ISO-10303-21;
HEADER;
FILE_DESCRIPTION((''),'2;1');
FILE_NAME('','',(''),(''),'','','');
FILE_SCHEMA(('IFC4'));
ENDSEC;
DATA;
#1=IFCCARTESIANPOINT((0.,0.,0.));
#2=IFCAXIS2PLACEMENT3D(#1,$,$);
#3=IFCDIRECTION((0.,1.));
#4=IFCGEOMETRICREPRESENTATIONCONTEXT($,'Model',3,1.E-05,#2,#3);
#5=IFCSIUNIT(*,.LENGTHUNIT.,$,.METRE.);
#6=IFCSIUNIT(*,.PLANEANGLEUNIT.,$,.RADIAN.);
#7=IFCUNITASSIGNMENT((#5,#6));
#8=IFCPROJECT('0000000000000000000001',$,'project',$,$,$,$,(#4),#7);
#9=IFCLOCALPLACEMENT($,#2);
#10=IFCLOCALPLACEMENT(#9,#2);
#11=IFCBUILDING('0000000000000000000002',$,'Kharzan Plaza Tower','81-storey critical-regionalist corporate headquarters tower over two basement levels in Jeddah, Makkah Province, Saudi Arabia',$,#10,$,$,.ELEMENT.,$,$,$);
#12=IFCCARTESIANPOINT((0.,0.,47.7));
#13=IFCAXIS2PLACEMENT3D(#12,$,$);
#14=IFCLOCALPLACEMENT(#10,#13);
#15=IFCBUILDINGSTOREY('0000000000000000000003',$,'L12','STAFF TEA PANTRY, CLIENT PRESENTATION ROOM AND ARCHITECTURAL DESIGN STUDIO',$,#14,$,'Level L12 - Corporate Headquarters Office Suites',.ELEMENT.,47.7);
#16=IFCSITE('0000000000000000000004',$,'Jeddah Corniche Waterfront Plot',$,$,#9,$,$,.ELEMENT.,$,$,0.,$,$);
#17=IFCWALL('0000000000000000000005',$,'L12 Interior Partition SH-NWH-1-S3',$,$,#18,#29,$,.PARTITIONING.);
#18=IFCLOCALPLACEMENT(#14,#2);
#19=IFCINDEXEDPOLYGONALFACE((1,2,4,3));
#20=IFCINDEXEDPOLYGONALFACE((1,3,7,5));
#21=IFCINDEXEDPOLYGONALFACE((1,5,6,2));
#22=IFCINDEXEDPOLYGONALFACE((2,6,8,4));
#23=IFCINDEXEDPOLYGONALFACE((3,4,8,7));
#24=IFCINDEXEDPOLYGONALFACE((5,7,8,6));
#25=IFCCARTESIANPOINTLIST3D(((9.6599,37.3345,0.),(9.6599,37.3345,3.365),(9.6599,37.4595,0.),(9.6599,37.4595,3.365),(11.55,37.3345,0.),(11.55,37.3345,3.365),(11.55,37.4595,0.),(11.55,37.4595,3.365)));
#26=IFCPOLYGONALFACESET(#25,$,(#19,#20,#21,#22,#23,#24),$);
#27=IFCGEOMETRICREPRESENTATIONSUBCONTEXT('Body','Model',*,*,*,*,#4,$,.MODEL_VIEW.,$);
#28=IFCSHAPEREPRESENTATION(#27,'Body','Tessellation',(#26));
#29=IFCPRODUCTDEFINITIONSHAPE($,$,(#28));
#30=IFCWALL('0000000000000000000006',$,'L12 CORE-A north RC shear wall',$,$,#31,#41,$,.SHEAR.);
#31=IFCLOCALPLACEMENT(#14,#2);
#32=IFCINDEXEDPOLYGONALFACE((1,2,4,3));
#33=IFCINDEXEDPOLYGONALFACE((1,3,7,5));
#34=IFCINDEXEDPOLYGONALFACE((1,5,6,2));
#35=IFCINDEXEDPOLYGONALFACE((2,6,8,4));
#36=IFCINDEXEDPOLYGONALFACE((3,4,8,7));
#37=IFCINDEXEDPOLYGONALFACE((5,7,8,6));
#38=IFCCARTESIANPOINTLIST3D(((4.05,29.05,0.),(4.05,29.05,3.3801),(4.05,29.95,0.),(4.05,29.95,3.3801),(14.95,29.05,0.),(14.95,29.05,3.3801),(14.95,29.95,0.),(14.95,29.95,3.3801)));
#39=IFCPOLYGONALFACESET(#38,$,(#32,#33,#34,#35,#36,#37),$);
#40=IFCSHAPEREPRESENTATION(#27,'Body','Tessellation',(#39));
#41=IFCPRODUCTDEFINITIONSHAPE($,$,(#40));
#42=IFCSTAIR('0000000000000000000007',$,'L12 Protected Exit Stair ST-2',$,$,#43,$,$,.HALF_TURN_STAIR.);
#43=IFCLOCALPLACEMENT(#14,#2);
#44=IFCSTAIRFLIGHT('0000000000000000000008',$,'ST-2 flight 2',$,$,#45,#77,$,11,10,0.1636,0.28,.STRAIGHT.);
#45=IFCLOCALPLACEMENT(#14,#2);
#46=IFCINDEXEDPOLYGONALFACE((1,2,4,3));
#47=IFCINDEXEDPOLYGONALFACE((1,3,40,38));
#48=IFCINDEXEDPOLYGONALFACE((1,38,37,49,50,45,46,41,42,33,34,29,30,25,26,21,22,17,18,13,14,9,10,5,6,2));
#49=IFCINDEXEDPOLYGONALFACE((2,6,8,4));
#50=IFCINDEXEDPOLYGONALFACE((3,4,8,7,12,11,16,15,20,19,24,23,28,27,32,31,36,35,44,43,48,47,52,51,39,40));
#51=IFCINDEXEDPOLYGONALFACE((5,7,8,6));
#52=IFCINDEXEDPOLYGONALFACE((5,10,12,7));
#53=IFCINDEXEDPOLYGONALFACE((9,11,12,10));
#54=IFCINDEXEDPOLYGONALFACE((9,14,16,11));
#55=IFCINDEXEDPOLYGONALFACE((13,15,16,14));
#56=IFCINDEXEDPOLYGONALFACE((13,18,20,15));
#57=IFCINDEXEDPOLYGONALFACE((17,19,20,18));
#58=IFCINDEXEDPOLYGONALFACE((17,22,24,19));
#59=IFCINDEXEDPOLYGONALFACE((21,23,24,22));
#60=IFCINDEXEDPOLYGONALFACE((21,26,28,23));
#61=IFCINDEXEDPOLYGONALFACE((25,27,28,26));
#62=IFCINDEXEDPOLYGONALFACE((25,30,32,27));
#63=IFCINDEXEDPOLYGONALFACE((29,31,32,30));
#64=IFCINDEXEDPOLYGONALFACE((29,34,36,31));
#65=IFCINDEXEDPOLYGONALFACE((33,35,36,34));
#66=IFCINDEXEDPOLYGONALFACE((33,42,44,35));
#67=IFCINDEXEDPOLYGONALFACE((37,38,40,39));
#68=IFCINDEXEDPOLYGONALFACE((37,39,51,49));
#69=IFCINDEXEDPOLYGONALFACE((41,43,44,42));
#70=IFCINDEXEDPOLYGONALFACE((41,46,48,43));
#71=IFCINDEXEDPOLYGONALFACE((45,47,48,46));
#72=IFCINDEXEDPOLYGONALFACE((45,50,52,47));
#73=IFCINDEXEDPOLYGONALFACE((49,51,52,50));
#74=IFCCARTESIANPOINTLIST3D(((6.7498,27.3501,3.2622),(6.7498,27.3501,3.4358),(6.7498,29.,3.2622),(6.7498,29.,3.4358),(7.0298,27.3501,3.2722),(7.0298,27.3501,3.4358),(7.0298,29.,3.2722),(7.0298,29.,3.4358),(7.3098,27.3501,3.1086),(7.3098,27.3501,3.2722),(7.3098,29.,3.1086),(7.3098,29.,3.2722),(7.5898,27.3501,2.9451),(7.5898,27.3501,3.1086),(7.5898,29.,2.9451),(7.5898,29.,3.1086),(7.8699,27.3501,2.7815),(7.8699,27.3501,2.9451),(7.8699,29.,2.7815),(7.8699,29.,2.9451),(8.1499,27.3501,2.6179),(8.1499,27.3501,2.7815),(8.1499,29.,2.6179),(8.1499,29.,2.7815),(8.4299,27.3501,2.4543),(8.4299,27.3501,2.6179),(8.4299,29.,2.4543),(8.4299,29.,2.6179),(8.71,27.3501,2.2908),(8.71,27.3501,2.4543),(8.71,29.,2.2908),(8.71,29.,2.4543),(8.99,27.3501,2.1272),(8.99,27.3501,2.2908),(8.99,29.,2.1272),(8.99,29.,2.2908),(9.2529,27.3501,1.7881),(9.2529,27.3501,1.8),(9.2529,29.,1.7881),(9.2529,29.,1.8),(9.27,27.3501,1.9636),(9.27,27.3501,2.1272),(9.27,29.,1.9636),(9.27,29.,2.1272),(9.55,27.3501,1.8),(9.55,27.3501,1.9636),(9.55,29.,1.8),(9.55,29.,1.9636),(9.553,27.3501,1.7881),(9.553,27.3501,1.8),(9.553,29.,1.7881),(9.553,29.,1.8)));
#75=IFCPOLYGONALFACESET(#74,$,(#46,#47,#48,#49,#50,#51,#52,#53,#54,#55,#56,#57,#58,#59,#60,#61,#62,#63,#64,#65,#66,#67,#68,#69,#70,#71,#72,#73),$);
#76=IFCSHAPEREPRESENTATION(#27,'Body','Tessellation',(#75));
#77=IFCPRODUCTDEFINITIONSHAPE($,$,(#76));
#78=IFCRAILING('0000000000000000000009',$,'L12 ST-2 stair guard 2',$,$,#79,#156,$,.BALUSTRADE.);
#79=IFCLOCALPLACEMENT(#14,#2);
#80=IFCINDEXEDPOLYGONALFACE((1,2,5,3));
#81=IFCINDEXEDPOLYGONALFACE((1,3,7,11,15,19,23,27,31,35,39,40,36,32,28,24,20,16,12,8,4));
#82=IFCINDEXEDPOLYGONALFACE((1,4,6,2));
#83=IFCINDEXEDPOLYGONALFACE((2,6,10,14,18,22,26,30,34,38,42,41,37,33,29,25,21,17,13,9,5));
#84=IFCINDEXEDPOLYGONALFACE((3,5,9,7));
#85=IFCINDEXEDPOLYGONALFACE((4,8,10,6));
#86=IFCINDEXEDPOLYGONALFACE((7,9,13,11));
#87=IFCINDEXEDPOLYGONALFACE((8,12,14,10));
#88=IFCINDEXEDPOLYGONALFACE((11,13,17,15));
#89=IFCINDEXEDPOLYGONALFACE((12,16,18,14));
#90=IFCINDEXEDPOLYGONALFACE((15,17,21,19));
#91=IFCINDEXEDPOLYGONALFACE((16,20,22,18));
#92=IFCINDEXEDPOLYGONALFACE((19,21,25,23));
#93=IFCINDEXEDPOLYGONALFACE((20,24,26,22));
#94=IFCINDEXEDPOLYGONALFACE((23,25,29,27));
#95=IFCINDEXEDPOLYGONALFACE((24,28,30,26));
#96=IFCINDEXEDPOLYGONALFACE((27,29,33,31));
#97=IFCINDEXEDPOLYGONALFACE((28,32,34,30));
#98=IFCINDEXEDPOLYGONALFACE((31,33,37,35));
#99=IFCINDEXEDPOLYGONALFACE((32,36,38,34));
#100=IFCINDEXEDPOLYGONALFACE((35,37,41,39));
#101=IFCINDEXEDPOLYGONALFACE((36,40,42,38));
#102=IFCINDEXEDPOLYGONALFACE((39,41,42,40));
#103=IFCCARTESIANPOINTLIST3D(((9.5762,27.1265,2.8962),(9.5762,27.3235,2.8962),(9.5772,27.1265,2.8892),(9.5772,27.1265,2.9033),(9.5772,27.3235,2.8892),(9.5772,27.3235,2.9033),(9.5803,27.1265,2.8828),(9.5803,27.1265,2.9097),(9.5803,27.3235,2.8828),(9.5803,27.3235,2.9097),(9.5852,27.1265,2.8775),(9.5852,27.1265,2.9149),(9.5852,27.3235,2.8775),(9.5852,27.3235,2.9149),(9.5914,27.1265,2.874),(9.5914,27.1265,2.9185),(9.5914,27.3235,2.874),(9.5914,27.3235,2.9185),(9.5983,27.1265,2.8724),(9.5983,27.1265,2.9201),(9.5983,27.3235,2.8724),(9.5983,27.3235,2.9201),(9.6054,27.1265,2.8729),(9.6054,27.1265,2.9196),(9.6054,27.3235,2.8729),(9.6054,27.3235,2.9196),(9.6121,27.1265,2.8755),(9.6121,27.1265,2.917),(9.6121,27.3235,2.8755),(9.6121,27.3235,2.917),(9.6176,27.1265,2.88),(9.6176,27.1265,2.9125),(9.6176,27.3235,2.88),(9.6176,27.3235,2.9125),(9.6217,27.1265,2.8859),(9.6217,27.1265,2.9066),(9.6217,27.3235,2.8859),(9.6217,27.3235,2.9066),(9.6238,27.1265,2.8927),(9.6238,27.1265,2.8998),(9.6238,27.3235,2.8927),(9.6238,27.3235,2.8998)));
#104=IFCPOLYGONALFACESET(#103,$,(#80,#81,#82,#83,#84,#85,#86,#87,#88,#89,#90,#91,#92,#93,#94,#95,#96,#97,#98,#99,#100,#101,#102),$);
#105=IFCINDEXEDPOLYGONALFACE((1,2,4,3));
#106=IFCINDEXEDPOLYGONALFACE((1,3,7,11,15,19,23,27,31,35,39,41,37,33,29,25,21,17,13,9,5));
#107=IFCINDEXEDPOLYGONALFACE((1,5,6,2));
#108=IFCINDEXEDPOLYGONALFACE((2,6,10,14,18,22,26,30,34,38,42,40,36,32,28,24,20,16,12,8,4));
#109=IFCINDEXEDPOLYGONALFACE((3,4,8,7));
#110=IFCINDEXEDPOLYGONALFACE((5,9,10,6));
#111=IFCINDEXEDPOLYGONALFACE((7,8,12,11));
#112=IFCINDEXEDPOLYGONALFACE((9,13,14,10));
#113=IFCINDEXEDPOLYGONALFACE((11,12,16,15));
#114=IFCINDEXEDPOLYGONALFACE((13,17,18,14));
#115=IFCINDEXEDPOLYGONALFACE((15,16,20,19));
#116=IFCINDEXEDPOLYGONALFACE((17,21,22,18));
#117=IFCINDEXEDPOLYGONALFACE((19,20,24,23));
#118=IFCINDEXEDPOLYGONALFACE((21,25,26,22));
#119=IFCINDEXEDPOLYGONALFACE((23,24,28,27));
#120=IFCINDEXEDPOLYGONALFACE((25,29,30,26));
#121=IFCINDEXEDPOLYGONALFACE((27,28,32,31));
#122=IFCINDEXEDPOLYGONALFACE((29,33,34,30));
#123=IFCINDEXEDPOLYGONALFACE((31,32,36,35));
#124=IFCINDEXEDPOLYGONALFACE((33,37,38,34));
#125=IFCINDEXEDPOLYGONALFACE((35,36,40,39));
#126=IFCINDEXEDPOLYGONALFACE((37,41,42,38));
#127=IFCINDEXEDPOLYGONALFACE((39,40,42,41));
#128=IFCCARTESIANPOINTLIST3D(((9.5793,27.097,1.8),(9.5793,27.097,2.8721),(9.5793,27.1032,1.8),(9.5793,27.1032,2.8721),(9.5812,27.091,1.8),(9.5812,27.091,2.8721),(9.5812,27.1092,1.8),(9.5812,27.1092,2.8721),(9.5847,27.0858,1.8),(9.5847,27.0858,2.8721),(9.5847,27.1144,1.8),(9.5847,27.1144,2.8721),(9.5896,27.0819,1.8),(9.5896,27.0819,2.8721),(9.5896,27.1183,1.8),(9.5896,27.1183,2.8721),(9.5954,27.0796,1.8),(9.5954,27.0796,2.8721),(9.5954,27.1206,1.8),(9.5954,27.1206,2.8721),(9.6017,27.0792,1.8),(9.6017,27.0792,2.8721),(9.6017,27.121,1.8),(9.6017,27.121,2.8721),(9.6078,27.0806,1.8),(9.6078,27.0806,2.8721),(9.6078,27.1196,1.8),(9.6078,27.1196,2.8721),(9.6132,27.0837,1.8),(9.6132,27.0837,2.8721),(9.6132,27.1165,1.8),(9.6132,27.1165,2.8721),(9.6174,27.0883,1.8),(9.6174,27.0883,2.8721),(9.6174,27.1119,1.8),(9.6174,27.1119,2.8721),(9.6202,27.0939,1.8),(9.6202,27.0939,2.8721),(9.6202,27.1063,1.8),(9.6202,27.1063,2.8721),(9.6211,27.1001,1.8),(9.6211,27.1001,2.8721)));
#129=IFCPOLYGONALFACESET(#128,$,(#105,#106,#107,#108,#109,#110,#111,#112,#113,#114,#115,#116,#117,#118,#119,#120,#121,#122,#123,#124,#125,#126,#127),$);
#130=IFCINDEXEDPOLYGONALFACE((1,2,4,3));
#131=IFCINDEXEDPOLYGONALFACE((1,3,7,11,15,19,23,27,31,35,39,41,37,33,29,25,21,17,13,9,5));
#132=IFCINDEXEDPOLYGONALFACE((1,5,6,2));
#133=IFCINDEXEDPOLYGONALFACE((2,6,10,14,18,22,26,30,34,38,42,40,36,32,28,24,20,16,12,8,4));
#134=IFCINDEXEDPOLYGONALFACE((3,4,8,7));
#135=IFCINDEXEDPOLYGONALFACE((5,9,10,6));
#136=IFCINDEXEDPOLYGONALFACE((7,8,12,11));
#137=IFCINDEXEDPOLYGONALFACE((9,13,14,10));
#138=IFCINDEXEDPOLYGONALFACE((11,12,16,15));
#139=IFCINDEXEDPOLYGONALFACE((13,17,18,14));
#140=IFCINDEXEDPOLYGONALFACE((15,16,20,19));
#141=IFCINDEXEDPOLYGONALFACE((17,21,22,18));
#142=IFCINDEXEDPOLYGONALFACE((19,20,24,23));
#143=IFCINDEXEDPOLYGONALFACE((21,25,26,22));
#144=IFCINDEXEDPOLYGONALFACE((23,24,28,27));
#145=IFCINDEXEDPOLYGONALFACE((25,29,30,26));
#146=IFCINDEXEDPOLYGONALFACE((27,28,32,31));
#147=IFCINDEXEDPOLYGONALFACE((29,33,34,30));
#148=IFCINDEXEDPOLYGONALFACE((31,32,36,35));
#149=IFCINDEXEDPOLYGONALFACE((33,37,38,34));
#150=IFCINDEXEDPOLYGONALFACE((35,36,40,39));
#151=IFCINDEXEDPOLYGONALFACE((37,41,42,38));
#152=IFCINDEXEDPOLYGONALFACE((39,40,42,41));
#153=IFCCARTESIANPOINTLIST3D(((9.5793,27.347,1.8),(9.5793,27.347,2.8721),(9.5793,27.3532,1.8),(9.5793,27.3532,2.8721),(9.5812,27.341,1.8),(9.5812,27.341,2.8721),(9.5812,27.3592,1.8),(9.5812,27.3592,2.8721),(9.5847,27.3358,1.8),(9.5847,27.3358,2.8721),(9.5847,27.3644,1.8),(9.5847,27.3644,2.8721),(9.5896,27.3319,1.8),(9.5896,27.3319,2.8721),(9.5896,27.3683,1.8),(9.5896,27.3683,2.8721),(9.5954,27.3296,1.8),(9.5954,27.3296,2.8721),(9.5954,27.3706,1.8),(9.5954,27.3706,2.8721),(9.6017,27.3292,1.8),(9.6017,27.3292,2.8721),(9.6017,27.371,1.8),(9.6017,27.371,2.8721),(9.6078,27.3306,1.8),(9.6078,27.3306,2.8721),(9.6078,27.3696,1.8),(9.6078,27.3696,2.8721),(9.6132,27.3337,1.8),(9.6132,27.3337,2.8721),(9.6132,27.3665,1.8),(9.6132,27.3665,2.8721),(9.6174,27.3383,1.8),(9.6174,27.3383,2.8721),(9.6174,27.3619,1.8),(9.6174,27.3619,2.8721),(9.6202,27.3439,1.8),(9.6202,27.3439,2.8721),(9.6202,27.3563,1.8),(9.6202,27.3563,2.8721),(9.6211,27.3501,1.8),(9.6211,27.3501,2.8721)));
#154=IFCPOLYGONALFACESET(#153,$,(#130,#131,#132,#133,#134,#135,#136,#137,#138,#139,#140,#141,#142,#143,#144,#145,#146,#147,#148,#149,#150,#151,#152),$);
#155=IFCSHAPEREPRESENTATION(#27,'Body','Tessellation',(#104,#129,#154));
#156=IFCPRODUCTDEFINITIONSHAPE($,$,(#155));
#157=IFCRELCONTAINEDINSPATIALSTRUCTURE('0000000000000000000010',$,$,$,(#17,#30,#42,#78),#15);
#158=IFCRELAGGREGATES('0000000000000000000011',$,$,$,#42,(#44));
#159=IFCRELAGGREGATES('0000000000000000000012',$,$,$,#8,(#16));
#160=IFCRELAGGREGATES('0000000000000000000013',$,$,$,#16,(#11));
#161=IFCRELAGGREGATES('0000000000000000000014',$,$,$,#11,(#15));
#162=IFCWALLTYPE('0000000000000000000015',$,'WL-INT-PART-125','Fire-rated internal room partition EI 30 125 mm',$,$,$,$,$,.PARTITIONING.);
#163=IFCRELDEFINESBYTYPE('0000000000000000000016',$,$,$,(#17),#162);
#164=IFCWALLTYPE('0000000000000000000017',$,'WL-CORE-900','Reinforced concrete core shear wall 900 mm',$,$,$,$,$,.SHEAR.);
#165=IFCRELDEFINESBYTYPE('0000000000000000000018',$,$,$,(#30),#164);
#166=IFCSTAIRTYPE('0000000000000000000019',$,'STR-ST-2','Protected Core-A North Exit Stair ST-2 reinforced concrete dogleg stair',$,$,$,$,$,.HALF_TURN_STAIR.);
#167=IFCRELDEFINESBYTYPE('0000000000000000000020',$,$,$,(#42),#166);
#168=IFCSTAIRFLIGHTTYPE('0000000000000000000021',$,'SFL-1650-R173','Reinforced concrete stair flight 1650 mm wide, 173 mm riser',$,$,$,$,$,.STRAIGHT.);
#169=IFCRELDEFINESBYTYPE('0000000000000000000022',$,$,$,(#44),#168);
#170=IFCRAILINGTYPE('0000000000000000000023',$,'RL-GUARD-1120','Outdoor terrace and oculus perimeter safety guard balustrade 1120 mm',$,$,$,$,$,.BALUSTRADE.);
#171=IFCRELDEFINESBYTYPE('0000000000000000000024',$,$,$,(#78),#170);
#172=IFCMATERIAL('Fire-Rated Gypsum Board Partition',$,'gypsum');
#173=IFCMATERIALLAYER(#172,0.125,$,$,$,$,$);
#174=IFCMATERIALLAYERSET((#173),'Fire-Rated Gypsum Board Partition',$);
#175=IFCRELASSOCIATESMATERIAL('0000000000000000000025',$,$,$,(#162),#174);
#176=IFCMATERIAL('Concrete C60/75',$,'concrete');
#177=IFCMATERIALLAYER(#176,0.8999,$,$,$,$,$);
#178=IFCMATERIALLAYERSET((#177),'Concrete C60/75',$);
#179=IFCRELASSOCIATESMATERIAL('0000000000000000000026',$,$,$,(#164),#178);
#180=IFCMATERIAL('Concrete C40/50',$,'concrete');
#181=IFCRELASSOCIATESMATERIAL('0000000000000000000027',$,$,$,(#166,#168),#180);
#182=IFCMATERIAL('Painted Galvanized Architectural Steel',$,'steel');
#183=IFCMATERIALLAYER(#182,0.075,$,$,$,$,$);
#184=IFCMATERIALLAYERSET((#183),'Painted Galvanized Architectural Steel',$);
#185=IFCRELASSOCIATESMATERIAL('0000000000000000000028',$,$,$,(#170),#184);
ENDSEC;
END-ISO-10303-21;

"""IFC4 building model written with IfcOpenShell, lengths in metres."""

from ifc_helpers import new_model, si_unit, direction, frame, frame_2d, origin, origin_2d, place, context, subcontext, project, spatial, polyline, rectangle, circle, outline, extrude, source, transform, mapped, material, layer, layer_set, type_object, element, aggregate, save


model = new_model("IFC4")

# Units and contexts
model_context = context("Model", 3, precision=1e-05, world=origin(), true_north=direction((0.0, 1.0)))
body_context = subcontext(model_context, "Body", "Model", "MODEL_VIEW")
ifc_project = project(units=[si_unit("LENGTHUNIT", "METRE"), si_unit("PLANEANGLEUNIT", "RADIAN")], contexts=[model_context])

# Site, building, storey
site_placement = place(None, origin())
site = spatial("IfcSite", under=ifc_project, at=site_placement, Name="Jeddah Corniche Waterfront Plot", CompositionType="ELEMENT", RefElevation=0.0)
building_placement = place(site_placement, origin())
building = spatial("IfcBuilding", under=site, at=building_placement, Name="Kharzan Plaza Tower", Description="81-storey critical-regionalist corporate headquarters tower over two basement levels in Jeddah, Makkah Province, Saudi Arabia", CompositionType="ELEMENT")
storey_placement = place(building_placement, frame((0.0, 0.0, 47.7)))
storey = spatial("IfcBuildingStorey", under=building, at=storey_placement, Name="L12", Description="STAFF TEA PANTRY, CLIENT PRESENTATION ROOM AND ARCHITECTURAL DESIGN STUDIO", LongName="Level L12 - Corporate Headquarters Office Suites", CompositionType="ELEMENT", Elevation=47.7)

# Shared definitions
ifc_material_1 = material(Name="Fire-Rated Gypsum Board Partition", Category="gypsum")
ifc_layer_1 = layer(ifc_material_1, 0.125)
ifc_layer_set_1 = layer_set([ifc_layer_1], Name="Fire-Rated Gypsum Board Partition")
wall_type_1 = type_object("IfcWallType", Name="WL-INT-PART-125", Description="Fire-rated internal room partition EI 30 125 mm", PredefinedType="PARTITIONING", material=ifc_layer_set_1)

# Walls
shared_shape_1 = source(origin(), body_context, "Body", "SweptSolid", [
    extrude(rectangle(XDim=1.8901, YDim=0.125, at=frame_2d((0.9451, 0.0))), origin(), (0.0, 0.0, 1.0), 3.365),
])
wall_1_placement = place(storey_placement, frame((9.6599, 37.397, 0.0), z_axis=(0.0, 0.0, 1.0), x_axis=(1.0, 0.0, 0.0)))
element("IfcWall", 1, at=wall_1_placement, inside=storey, type_object=wall_type_1, Name="L12 Interior Partition SH-NWH-1-S3", PredefinedType="PARTITIONING", context=body_context, shape_type="MappedRepresentation", body=[
    mapped(shared_shape_1, transform((0.0, 0.0, 0.0), x_axis=(1.0, 0.0, 0.0), y_axis=(0.0, 1.0, 0.0), z_axis=(0.0, 0.0, 1.0))),
])
ifc_material_2 = material(Name="Concrete C60/75", Category="concrete")
ifc_layer_2 = layer(ifc_material_2, 0.8999)
ifc_layer_set_2 = layer_set([ifc_layer_2], Name="Concrete C60/75")
wall_type_2 = type_object("IfcWallType", Name="WL-CORE-900", Description="Reinforced concrete core shear wall 900 mm", PredefinedType="SHEAR", material=ifc_layer_set_2)
shared_shape_2 = source(origin(), body_context, "Body", "SweptSolid", [
    extrude(rectangle(XDim=10.8999, YDim=0.8999, at=frame_2d((5.45, 0.0))), origin(), (0.0, 0.0, 1.0), 3.3801),
])
wall_2_placement = place(storey_placement, frame((4.05, 29.5, 0.0), z_axis=(0.0, 0.0, 1.0), x_axis=(1.0, 0.0, 0.0)))
element("IfcWall", 2, at=wall_2_placement, inside=storey, type_object=wall_type_2, Name="L12 CORE-A north RC shear wall", PredefinedType="SHEAR", context=body_context, shape_type="MappedRepresentation", body=[
    mapped(shared_shape_2, transform((0.0, 0.0, 0.0), x_axis=(1.0, 0.0, 0.0), y_axis=(0.0, 1.0, 0.0), z_axis=(0.0, 0.0, 1.0))),
])

# Stair, stair flight
ifc_material_3 = material(Name="Concrete C40/50", Category="concrete")
stair_type = type_object("IfcStairType", Name="STR-ST-2", Description="Protected Core-A North Exit Stair ST-2 reinforced concrete dogleg stair", PredefinedType="HALF_TURN_STAIR", material=ifc_material_3)
stair_placement = place(storey_placement, origin())
stair = element("IfcStair", 3, at=stair_placement, inside=storey, type_object=stair_type, Name="L12 Protected Exit Stair ST-2", PredefinedType="HALF_TURN_STAIR")
stair_flight_type = type_object("IfcStairFlightType", Name="SFL-1650-R173", Description="Reinforced concrete stair flight 1650 mm wide, 173 mm riser", PredefinedType="STRAIGHT", material=ifc_material_3)
shared_shape_3 = source(origin(), body_context, "Body", "SweptSolid", [
    extrude(outline(polyline([(-0.0029, -0.012), (-0.0029, 0.0), (0.0, 0.0), (0.0, 0.1636), (0.28, 0.1636), (0.28, 0.3271), (0.5601, 0.3271), (0.5601, 0.4907), (0.8401, 0.4907), (0.8401, 0.6543), (1.1201, 0.6543), (1.1201, 0.8179), (1.4001, 0.8179), (1.4001, 0.9814), (1.6802, 0.9814), (1.6802, 1.145), (1.9602, 1.145), (1.9602, 1.3086), (2.2402, 1.3086), (2.2402, 1.4722), (2.5203, 1.4722), (2.5203, 1.6357), (2.8003, 1.6357), (2.8003, 1.7993), (2.8003, 1.4622), (0.2971, 0.0), (0.2971, -0.012), (-0.0029, -0.012)])), frame((0.0, 0.825, 0.0), z_axis=(0.0, -1.0, 0.0), x_axis=(1.0, 0.0, 0.0)), (0.0, 0.0, 1.0), 1.6499),
])
stair_flight_placement = place(storey_placement, frame((9.55, 28.175, 1.8), z_axis=(0.0, 0.0, 1.0), x_axis=(-1.0, 0.0, 0.0)))
stair_flight = element("IfcStairFlight", 4, at=stair_flight_placement, type_object=stair_flight_type, Name="ST-2 flight 2", NumberOfRisers=11, NumberOfTreads=10, PredefinedType="STRAIGHT", RiserHeight=0.1636, TreadLength=0.28, context=body_context, shape_type="MappedRepresentation", body=[
    mapped(shared_shape_3, transform((0.0, 0.0, 0.0), x_axis=(1.0, 0.0, 0.0), y_axis=(0.0, 1.0, 0.0), z_axis=(0.0, 0.0, 1.0))),
])
aggregate(stair, [stair_flight])

# Railing
ifc_material_4 = material(Name="Painted Galvanized Architectural Steel", Category="steel")
ifc_layer_3 = layer(ifc_material_4, 0.075)
ifc_layer_set_3 = layer_set([ifc_layer_3], Name="Painted Galvanized Architectural Steel")
railing_type_1 = type_object("IfcRailingType", Name="RL-GUARD-1120", Description="Outdoor terrace and oculus perimeter safety guard balustrade 1120 mm", PredefinedType="BALUSTRADE", material=ifc_layer_set_3)
shared_shape_4 = source(origin(), body_context, "Body", "SweptSolid", [
    extrude(circle(Radius=0.0239, at=origin_2d()), frame((0.0, 0.0264, 1.0962), z_axis=(0.0, 1.0, 0.0), x_axis=(-1.0, 0.0, 0.0)), (0.0, 0.0, 1.0), 0.197),
    extrude(circle(Radius=0.021, at=origin_2d()), origin(), (0.0, 0.0, 1.0), 1.072),
    extrude(circle(Radius=0.021, at=origin_2d()), frame((0.0, 0.25, 0.0)), (0.0, 0.0, 1.0), 1.072),
])
for number, where, name in (
    (5, (9.6001, 27.1001, 1.8), "L12 ST-2 stair guard 2"),
):
    element("IfcRailing", number, at=place(storey_placement, frame(where)), inside=storey, type_object=railing_type_1, Name=name, PredefinedType="BALUSTRADE", context=body_context, shape_type="MappedRepresentation", body=[
        mapped(shared_shape_4, transform((0.0, 0.0, 0.0), x_axis=(1.0, 0.0, 0.0), y_axis=(0.0, 1.0, 0.0), z_axis=(0.0, 0.0, 1.0))),
    ])

save(model, "model.ifc")
